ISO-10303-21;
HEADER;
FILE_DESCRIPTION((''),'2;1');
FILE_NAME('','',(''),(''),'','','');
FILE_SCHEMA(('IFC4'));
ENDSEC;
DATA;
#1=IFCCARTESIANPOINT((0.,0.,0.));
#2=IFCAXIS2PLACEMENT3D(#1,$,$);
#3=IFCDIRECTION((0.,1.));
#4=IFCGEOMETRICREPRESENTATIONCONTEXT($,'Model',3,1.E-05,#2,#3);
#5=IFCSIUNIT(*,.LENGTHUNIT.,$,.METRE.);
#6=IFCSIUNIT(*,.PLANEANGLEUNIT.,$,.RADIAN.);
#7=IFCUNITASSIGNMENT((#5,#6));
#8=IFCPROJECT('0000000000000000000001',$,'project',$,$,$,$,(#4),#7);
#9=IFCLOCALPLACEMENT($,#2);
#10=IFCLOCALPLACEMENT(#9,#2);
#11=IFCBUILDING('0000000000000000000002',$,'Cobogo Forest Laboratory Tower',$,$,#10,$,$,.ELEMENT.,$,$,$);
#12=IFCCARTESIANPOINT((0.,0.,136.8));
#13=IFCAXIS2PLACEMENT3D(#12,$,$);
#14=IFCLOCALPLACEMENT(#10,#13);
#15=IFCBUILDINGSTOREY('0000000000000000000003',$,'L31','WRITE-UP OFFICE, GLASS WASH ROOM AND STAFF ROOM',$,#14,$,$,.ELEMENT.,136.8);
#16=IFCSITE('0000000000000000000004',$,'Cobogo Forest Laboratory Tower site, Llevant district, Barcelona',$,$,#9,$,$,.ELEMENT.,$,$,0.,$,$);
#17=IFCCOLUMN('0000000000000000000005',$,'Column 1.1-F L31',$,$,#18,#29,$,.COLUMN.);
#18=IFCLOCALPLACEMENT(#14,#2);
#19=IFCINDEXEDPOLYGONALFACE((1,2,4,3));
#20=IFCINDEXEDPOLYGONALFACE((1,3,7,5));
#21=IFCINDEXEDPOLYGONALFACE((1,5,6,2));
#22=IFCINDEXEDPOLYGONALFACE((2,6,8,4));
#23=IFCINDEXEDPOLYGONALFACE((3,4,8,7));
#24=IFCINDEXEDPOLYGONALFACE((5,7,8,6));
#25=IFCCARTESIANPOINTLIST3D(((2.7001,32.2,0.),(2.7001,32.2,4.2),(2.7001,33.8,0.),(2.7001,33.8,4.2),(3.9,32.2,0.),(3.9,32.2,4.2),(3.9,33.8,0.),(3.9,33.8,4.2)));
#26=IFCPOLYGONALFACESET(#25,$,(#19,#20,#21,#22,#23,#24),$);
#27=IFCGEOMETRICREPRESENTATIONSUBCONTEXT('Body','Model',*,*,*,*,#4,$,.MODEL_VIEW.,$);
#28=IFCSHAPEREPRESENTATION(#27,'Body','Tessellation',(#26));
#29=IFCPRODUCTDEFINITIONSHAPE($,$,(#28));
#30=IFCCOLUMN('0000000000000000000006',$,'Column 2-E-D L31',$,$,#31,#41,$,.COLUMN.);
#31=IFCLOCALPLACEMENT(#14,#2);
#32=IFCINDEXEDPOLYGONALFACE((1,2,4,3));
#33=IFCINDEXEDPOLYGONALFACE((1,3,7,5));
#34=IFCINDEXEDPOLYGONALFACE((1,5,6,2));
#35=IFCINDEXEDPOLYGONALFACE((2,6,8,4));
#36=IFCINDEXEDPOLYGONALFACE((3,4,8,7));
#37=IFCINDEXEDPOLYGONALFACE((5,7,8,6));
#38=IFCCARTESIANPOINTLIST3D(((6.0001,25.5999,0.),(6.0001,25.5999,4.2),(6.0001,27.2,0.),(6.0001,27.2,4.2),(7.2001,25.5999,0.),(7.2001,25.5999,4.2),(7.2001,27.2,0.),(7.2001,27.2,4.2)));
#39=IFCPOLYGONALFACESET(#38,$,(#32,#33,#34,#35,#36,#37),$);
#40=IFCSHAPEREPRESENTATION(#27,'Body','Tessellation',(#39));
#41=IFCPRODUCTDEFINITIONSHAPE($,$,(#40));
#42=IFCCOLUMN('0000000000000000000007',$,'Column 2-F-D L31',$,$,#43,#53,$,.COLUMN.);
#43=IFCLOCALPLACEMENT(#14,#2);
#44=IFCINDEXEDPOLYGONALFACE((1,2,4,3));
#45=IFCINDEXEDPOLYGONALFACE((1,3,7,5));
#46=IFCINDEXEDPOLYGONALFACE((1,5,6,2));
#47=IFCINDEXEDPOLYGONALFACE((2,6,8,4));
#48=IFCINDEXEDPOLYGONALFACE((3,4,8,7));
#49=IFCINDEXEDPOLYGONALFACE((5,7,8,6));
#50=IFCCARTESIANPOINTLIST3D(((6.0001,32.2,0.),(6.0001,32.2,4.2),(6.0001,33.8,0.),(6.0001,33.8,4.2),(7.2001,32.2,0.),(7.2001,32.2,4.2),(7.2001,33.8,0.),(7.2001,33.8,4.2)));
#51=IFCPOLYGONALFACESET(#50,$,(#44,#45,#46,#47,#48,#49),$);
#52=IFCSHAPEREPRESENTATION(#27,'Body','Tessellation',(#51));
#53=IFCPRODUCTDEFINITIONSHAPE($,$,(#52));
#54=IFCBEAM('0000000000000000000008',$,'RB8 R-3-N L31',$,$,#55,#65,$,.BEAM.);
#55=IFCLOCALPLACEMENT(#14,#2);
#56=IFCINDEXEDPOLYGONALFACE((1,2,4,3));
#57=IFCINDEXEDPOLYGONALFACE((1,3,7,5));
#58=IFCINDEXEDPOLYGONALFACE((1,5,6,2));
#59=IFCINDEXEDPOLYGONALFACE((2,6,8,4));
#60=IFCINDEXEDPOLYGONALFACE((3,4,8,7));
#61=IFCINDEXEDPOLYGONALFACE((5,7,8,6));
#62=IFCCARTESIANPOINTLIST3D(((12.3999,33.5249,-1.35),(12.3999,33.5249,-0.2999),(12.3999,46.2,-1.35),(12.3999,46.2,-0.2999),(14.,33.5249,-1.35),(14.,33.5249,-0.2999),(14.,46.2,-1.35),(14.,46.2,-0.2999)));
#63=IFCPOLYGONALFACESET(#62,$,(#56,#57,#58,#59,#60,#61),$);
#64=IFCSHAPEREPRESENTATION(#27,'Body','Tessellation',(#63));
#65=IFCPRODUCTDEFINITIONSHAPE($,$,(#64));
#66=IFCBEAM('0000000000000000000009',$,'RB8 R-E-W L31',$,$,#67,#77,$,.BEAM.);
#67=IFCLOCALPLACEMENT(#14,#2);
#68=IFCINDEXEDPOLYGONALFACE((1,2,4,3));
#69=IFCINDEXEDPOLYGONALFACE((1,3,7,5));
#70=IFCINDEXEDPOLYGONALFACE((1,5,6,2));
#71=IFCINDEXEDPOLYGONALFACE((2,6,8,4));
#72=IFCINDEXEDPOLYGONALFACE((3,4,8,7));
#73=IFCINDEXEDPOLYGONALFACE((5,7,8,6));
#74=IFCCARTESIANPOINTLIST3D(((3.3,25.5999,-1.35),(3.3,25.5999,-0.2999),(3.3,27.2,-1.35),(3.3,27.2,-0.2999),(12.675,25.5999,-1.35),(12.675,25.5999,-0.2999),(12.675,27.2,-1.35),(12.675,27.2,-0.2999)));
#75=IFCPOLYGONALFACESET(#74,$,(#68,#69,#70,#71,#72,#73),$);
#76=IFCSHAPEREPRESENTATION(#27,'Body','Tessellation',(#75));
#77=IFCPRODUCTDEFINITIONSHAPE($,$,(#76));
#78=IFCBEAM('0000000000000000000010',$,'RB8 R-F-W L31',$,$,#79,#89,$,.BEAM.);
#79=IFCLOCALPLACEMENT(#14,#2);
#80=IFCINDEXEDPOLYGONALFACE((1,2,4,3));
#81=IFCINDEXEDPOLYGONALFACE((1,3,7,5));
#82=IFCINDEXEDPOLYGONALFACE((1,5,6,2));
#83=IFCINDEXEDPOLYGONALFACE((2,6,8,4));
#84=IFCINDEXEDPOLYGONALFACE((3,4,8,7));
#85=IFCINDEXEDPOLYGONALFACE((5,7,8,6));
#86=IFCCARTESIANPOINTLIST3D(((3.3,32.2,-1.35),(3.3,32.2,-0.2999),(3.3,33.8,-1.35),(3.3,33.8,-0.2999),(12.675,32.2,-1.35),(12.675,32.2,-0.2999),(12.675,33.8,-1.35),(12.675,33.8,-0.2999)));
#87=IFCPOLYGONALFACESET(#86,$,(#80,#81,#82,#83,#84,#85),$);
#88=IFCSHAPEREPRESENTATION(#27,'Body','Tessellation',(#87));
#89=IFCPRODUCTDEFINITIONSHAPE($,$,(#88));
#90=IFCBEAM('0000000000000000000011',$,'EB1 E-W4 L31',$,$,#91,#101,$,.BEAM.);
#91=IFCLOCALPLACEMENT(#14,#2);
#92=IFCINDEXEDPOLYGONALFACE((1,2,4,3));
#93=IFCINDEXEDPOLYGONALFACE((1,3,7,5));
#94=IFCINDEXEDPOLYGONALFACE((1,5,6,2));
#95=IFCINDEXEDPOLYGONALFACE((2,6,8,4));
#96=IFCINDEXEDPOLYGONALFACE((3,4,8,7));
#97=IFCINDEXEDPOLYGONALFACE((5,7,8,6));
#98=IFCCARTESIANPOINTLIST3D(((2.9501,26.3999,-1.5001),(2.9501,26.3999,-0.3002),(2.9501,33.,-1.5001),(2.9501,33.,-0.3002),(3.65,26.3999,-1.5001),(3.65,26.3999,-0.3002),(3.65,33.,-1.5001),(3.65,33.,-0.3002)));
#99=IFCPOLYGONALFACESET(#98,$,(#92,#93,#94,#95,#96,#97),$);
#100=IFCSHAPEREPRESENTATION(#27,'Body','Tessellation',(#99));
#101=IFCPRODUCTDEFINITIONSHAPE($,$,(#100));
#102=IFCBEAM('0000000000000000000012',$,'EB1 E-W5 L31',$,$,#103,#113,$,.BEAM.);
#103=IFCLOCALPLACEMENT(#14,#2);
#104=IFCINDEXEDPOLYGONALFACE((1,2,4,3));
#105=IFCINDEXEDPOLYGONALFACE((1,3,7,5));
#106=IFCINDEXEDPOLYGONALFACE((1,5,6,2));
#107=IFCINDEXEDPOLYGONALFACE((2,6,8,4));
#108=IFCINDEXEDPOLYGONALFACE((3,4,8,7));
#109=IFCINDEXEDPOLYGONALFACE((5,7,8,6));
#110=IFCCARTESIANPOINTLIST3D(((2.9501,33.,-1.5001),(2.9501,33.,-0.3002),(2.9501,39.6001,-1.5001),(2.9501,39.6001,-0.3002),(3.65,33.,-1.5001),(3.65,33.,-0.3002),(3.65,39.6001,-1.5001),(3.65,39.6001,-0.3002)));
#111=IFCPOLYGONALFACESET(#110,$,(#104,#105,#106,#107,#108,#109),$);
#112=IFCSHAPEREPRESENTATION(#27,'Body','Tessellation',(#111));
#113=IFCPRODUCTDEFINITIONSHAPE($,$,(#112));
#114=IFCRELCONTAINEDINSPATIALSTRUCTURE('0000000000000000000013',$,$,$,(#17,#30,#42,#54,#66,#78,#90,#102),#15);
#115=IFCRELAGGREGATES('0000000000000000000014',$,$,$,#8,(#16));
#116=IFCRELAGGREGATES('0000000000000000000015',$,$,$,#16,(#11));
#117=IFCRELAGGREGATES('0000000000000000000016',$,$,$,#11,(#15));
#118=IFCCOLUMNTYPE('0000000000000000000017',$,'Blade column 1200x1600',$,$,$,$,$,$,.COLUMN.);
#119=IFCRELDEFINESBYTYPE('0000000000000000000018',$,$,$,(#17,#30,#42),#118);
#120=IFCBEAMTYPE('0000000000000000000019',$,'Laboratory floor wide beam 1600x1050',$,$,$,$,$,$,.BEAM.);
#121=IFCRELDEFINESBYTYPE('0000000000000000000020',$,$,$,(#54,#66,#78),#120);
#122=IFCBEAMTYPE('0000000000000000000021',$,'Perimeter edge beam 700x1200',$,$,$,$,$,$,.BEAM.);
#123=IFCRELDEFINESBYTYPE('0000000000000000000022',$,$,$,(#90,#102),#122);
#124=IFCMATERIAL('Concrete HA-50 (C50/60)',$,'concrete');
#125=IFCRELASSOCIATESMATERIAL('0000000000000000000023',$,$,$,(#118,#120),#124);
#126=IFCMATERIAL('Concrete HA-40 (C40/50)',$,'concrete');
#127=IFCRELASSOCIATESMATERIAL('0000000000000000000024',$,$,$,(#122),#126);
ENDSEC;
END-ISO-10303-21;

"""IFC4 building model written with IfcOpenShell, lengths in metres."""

from ifc_helpers import new_model, si_unit, direction, frame, origin, origin_2d, place, context, subcontext, project, spatial, rectangle, extrude, material, material_profile, profile_set, type_object, element, save


model = new_model("IFC4")

# Units and contexts
model_context = context("Model", 3, precision=1e-05, world=origin(), true_north=direction((0.0, 1.0)))
body_context = subcontext(model_context, "Body", "Model", "MODEL_VIEW")
ifc_project = project(units=[si_unit("LENGTHUNIT", "METRE"), si_unit("PLANEANGLEUNIT", "RADIAN")], contexts=[model_context])

# Site, building, storey
site_placement = place(None, origin())
site = spatial("IfcSite", under=ifc_project, at=site_placement, Name="Cobogo Forest Laboratory Tower site, Llevant district, Barcelona", CompositionType="ELEMENT", RefElevation=0.0)
building_placement = place(site_placement, origin())
building = spatial("IfcBuilding", under=site, at=building_placement, Name="Cobogo Forest Laboratory Tower", CompositionType="ELEMENT")
storey_placement = place(building_placement, frame((0.0, 0.0, 136.8)))
storey = spatial("IfcBuildingStorey", under=building, at=storey_placement, Name="L31", Description="WRITE-UP OFFICE, GLASS WASH ROOM AND STAFF ROOM", CompositionType="ELEMENT", Elevation=136.8)

# Columns
ifc_material_1 = material(Name="Concrete HA-50 (C50/60)", Category="concrete")
ifc_material_profile_1 = material_profile(ifc_material_1, rectangle(XDim=1.6001, YDim=1.2, at=origin_2d()), Name="RC 1200x1600")
ifc_profile_set_1 = profile_set([ifc_material_profile_1], Name="Concrete HA-50 (C50/60)")
column_type = type_object("IfcColumnType", Name="Blade column 1200x1600", PredefinedType="COLUMN", material=ifc_profile_set_1)
for number, where, z_axis, x_axis, name in (
    (1, (3.3, 33.0, 0.0), (0.0, 0.0, 1.0), (0.0, 1.0, 0.0), "Column 1.1-F L31"),
    (2, (6.6001, 26.3999, 0.0), (0.0, 0.0, 1.0), (0.0, 1.0, 0.0), "Column 2-E-D L31"),
    (3, (6.6001, 33.0, 0.0), (0.0, 0.0, 1.0), (0.0, 1.0, 0.0), "Column 2-F-D L31"),
):
    element("IfcColumn", number, at=place(storey_placement, frame(where, z_axis=z_axis, x_axis=x_axis)), inside=storey, type_object=column_type, Name=name, PredefinedType="COLUMN", context=body_context, shape_type="SweptSolid", body=[
        extrude(rectangle(XDim=1.6001, YDim=1.2, at=origin_2d()), origin(), (0.0, 0.0, 1.0), 4.2),
    ])

# Beams
ifc_material_profile_2 = material_profile(ifc_material_1, rectangle(XDim=1.6001, YDim=1.05, at=origin_2d()), Name="RC 1600x1050")
ifc_profile_set_2 = profile_set([ifc_material_profile_2], Name="Concrete HA-50 (C50/60)")
beam_type_1 = type_object("IfcBeamType", Name="Laboratory floor wide beam 1600x1050", PredefinedType="BEAM", material=ifc_profile_set_2)
beam_placement = place(storey_placement, frame((13.2, 33.5249, -0.825), z_axis=(0.0, 1.0, 0.0), x_axis=(-1.0, 0.0, 0.0)))
element("IfcBeam", 4, at=beam_placement, inside=storey, type_object=beam_type_1, Name="RB8 R-3-N L31", PredefinedType="BEAM", context=body_context, shape_type="SweptSolid", body=[
    extrude(rectangle(XDim=1.6001, YDim=1.05, at=origin_2d()), origin(), (0.0, 0.0, 1.0), 12.675),
])
for number, where, z_axis, x_axis, name in (
    (5, (12.675, 26.3999, -0.825), (-1.0, 0.0, 0.0), (0.0, -1.0, 0.0), "RB8 R-E-W L31"),
    (6, (12.675, 33.0, -0.825), (-1.0, 0.0, 0.0), (0.0, -1.0, 0.0), "RB8 R-F-W L31"),
):
    element("IfcBeam", number, at=place(storey_placement, frame(where, z_axis=z_axis, x_axis=x_axis)), inside=storey, type_object=beam_type_1, Name=name, PredefinedType="BEAM", context=body_context, shape_type="SweptSolid", body=[
        extrude(rectangle(XDim=1.6001, YDim=1.05, at=origin_2d()), origin(), (0.0, 0.0, 1.0), 9.375),
    ])
ifc_material_2 = material(Name="Concrete HA-40 (C40/50)", Category="concrete")
ifc_material_profile_3 = material_profile(ifc_material_2, rectangle(XDim=0.7, YDim=1.2, at=origin_2d()), Name="RC 700x1200")
ifc_profile_set_3 = profile_set([ifc_material_profile_3], Name="Concrete HA-40 (C40/50)")
beam_type_2 = type_object("IfcBeamType", Name="Perimeter edge beam 700x1200", PredefinedType="BEAM", material=ifc_profile_set_3)
for number, where, z_axis, x_axis, name in (
    (7, (3.3, 26.3999, -0.9001), (0.0, 1.0, 0.0), (-1.0, 0.0, 0.0), "EB1 E-W4 L31"),
    (8, (3.3, 33.0, -0.9001), (0.0, 1.0, 0.0), (-1.0, 0.0, 0.0), "EB1 E-W5 L31"),
):
    element("IfcBeam", number, at=place(storey_placement, frame(where, z_axis=z_axis, x_axis=x_axis)), inside=storey, type_object=beam_type_2, Name=name, PredefinedType="BEAM", context=body_context, shape_type="SweptSolid", body=[
        extrude(rectangle(XDim=0.7, YDim=1.2, at=origin_2d()), origin(), (0.0, 0.0, 1.0), 6.6001),
    ])

save(model, "model.ifc")
